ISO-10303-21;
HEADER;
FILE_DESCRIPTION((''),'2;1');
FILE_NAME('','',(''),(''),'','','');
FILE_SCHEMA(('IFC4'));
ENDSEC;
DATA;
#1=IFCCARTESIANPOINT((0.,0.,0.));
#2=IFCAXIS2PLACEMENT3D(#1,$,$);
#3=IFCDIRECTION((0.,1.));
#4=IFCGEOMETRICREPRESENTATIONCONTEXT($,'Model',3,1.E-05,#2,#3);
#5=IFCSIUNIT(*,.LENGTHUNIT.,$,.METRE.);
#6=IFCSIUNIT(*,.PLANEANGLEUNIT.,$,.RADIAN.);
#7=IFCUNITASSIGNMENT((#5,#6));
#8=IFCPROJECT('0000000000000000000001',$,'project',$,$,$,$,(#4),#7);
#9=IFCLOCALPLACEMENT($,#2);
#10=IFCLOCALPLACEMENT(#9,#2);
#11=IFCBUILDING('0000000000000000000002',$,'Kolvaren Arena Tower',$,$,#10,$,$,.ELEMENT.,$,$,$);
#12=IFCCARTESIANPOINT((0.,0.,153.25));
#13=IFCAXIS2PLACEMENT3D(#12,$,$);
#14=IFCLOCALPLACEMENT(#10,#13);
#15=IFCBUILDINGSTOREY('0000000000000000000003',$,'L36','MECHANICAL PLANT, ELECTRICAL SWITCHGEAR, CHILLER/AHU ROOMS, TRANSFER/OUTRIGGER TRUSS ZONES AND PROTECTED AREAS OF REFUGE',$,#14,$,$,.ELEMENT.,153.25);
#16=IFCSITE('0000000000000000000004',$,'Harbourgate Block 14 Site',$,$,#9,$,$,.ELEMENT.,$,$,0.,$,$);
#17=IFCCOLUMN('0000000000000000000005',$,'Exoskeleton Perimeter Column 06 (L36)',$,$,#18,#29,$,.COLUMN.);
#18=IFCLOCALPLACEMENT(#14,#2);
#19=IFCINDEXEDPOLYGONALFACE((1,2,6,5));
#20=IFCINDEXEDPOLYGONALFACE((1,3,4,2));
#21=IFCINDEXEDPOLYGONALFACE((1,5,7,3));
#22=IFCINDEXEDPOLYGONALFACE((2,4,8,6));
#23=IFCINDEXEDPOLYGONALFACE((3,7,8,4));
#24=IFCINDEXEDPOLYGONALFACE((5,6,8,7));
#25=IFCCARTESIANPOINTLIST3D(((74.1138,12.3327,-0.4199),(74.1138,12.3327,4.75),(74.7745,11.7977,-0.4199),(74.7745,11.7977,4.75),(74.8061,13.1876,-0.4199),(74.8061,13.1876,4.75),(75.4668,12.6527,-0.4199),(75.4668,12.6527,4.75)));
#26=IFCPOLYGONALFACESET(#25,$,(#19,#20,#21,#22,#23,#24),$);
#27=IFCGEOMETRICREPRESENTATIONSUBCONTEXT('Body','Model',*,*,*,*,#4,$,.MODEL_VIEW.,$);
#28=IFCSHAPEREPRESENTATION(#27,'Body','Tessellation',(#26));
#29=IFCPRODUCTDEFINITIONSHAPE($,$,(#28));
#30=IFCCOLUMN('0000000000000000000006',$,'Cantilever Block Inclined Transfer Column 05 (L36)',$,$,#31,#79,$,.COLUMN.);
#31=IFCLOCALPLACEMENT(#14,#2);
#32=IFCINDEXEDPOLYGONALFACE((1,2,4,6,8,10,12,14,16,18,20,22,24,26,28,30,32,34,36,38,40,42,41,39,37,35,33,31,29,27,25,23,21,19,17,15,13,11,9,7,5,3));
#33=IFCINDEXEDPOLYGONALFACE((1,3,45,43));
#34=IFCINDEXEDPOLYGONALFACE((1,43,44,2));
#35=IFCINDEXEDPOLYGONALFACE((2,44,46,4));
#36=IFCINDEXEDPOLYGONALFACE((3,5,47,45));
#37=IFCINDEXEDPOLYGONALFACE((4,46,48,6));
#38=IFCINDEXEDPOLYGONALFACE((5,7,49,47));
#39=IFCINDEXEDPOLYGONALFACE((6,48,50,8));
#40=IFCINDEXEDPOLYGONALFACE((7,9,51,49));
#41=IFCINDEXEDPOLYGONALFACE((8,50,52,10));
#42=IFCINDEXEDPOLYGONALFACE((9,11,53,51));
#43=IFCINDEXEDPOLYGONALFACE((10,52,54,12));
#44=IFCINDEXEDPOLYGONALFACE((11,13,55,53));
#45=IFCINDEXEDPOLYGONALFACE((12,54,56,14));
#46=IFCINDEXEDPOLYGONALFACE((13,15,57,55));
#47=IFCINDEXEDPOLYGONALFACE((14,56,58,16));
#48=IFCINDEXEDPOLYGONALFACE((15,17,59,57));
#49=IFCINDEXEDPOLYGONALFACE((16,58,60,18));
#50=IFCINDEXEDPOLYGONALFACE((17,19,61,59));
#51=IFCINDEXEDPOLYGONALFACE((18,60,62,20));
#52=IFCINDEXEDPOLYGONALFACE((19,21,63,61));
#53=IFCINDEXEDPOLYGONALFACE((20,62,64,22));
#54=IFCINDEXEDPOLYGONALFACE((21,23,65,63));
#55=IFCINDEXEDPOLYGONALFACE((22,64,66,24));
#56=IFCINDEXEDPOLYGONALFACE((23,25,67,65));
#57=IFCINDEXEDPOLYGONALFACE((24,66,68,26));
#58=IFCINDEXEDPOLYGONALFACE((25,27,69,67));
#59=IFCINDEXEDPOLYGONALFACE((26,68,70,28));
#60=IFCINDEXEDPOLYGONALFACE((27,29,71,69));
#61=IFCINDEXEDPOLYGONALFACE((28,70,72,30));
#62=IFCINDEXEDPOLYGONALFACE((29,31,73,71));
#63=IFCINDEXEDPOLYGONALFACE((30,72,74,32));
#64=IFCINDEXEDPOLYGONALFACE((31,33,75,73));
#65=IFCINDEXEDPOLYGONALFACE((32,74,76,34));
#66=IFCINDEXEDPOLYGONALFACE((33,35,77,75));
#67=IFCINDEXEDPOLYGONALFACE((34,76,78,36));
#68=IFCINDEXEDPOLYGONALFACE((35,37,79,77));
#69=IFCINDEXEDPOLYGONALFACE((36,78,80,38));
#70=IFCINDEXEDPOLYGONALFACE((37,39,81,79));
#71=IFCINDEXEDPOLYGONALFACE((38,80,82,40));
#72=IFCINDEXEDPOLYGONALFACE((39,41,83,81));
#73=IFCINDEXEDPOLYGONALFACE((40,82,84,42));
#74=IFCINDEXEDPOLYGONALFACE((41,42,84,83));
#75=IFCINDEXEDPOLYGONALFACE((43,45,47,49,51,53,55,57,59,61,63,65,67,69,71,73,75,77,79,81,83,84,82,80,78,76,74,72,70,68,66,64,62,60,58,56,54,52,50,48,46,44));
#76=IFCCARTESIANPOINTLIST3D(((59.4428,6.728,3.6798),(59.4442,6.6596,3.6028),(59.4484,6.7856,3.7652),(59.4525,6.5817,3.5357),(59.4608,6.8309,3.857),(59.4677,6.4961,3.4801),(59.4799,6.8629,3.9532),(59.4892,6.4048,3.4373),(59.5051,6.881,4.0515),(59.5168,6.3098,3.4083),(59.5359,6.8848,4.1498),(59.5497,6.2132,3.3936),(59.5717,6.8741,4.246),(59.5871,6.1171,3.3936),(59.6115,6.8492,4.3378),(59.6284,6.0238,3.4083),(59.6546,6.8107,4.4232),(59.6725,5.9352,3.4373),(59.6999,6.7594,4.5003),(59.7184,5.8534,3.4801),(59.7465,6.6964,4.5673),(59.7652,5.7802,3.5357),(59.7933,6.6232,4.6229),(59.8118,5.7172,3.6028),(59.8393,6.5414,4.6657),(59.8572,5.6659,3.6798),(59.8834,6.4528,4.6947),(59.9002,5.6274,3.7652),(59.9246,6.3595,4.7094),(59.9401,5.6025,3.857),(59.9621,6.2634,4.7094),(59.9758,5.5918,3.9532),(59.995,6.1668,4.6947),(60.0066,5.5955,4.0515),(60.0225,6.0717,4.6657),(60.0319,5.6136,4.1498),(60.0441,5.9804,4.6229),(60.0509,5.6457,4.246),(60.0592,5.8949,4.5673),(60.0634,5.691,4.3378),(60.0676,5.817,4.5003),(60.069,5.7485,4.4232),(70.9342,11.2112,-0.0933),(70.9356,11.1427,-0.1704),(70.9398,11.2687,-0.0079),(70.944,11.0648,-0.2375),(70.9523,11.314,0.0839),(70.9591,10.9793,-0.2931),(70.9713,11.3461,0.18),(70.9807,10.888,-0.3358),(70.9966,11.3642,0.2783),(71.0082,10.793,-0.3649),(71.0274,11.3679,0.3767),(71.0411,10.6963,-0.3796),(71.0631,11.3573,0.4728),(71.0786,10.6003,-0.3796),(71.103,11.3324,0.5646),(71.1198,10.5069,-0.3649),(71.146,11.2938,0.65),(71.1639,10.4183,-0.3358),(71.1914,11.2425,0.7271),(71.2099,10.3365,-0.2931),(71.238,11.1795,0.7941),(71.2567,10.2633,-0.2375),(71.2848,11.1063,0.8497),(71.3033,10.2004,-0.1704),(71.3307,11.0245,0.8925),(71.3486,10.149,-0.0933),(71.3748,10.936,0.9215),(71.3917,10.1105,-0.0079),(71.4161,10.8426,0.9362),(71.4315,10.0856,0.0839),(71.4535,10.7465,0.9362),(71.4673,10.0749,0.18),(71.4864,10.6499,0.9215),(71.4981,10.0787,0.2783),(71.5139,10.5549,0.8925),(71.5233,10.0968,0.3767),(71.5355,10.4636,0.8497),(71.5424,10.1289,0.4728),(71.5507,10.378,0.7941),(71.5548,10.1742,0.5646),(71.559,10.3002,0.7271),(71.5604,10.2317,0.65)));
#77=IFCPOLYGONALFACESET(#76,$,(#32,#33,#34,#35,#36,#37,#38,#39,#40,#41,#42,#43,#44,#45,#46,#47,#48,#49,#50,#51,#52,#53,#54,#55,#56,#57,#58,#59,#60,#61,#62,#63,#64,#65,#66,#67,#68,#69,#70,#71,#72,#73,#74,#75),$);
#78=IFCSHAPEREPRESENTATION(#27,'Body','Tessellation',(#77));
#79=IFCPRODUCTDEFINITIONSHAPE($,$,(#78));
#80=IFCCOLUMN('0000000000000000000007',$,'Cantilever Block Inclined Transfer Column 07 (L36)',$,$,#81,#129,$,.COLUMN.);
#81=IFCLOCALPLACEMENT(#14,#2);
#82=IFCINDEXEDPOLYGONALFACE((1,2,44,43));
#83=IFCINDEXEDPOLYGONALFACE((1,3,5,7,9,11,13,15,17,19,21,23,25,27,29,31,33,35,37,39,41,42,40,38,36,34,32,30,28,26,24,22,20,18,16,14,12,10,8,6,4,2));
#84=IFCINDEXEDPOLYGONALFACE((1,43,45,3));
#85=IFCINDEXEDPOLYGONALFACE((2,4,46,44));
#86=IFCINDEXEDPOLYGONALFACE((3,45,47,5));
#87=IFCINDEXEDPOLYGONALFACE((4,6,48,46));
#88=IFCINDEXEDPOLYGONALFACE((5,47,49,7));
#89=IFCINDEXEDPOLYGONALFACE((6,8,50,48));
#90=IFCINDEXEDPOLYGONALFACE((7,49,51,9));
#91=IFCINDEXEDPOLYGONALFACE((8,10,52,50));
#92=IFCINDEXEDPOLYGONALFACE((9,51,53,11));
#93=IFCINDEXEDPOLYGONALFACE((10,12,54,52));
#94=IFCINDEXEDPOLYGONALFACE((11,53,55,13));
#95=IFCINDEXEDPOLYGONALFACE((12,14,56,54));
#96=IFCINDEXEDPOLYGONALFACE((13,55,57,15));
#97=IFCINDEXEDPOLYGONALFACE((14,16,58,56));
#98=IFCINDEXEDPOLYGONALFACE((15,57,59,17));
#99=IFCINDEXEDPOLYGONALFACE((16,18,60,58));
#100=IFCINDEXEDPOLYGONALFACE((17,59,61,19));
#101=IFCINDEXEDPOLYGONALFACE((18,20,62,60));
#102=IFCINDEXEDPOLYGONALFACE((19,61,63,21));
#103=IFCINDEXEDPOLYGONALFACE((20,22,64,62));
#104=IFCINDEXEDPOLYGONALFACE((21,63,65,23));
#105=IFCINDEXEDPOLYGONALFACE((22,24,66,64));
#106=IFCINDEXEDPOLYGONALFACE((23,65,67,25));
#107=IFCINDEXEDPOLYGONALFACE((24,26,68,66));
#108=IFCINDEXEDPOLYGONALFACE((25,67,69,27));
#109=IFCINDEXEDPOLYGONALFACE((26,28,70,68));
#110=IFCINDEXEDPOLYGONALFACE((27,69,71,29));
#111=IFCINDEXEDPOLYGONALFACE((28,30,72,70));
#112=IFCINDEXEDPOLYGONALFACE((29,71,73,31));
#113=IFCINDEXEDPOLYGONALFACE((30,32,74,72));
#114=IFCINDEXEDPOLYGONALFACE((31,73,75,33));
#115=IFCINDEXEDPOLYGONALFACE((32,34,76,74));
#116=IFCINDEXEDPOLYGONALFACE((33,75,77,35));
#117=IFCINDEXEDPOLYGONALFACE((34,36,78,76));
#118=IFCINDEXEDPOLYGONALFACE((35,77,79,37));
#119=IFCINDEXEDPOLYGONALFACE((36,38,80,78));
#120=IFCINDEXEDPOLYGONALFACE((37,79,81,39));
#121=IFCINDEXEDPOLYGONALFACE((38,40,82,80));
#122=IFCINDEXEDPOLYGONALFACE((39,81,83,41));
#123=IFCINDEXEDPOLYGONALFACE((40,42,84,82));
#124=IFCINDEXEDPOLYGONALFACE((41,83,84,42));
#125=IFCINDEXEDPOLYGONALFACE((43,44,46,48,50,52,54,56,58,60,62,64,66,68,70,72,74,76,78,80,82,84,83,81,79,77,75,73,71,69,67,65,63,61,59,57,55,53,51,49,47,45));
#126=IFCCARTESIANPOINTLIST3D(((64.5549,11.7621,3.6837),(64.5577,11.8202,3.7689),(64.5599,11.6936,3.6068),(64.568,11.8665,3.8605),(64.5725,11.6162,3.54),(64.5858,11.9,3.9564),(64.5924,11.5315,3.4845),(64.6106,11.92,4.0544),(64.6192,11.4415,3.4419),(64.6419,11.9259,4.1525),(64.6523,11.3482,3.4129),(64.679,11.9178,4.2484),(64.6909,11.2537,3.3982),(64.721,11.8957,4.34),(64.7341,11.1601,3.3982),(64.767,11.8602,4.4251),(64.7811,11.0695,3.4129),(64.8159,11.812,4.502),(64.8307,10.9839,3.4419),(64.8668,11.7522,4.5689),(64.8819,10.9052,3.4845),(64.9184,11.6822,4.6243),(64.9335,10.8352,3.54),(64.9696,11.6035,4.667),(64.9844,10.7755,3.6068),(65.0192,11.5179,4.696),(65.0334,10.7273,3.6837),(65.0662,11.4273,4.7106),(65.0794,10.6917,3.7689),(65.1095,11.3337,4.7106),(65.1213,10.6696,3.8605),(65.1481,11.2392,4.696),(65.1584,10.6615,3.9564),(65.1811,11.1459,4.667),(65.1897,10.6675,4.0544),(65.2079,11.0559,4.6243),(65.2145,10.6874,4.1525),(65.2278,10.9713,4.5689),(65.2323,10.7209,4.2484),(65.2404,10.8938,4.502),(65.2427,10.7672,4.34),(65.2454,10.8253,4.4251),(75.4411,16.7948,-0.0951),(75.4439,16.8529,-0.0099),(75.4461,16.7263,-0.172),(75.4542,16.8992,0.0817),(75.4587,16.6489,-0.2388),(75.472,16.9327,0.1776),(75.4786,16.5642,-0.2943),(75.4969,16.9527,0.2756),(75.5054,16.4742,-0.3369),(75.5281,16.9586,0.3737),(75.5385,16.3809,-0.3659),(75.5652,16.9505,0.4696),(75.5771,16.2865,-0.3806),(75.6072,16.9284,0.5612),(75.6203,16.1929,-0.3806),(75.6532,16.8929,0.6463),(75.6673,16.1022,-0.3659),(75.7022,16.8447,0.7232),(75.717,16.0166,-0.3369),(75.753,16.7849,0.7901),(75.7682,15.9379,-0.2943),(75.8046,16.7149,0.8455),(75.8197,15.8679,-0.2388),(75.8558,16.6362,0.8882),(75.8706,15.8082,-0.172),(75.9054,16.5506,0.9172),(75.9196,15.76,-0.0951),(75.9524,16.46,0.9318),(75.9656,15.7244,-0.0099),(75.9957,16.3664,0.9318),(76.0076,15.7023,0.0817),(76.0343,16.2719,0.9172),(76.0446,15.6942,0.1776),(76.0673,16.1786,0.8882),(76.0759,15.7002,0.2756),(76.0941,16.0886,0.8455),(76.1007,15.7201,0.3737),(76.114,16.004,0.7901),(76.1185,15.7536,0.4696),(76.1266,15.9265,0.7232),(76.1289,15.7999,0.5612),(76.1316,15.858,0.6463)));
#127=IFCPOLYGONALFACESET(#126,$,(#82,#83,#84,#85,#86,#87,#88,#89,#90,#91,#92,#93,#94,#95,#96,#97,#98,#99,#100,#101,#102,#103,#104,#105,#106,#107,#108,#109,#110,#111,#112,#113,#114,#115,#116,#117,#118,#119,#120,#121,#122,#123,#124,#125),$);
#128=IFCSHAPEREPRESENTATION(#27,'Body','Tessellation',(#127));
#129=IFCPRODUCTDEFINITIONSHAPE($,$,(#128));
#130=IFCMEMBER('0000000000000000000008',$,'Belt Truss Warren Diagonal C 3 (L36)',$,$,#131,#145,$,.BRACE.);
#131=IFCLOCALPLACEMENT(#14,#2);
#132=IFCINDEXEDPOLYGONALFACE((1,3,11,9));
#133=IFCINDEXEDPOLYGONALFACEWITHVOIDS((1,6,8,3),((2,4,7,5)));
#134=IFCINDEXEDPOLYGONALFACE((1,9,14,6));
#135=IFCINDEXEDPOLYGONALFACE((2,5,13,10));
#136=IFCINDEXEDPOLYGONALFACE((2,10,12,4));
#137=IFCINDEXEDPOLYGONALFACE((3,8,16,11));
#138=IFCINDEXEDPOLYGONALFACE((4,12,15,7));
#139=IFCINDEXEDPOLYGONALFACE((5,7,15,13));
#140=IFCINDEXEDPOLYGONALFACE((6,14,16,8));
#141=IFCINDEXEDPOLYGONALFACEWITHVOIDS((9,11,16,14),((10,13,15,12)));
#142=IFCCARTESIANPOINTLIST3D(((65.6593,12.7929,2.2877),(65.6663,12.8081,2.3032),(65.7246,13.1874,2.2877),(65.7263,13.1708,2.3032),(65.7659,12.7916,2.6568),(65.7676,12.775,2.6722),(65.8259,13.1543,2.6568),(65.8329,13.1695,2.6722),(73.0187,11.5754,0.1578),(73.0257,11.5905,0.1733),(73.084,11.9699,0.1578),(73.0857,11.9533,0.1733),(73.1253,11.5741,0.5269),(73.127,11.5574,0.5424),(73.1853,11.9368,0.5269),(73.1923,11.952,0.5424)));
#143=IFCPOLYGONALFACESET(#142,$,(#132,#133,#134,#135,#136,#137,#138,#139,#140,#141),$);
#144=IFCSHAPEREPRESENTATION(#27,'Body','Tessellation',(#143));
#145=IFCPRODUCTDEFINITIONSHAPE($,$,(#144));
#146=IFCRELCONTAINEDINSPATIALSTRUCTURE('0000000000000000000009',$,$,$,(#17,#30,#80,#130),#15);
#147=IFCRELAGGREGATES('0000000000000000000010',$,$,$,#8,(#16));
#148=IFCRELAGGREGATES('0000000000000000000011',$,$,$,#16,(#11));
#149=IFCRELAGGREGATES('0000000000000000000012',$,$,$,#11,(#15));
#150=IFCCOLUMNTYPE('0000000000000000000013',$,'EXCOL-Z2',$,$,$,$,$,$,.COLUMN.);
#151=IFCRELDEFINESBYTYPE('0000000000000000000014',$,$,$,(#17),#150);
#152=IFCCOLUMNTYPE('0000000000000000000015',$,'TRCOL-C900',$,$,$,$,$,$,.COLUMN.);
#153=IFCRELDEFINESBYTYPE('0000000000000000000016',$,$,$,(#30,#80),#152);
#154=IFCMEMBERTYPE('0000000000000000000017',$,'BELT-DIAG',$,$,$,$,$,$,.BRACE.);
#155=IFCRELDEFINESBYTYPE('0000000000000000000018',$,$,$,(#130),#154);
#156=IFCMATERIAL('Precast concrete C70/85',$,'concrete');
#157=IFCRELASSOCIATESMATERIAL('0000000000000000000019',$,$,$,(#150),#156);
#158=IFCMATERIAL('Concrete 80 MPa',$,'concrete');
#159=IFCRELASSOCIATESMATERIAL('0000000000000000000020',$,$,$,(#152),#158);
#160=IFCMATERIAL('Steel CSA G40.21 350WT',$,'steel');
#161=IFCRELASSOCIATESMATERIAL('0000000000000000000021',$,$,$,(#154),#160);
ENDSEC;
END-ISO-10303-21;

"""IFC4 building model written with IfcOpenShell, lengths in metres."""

from ifc_helpers import new_model, si_unit, direction, frame, origin, origin_2d, place, context, subcontext, project, spatial, rectangle, hollow_rectangle, circle, extrude, material, material_profile, profile_set, type_object, element, save


model = new_model("IFC4")

# Units and contexts
model_context = context("Model", 3, precision=1e-05, world=origin(), true_north=direction((0.0, 1.0)))
body_context = subcontext(model_context, "Body", "Model", "MODEL_VIEW")
ifc_project = project(units=[si_unit("LENGTHUNIT", "METRE"), si_unit("PLANEANGLEUNIT", "RADIAN")], contexts=[model_context])

# Site, building, storey
site_placement = place(None, origin())
site = spatial("IfcSite", under=ifc_project, at=site_placement, Name="Harbourgate Block 14 Site", CompositionType="ELEMENT", RefElevation=0.0)
building_placement = place(site_placement, origin())
building = spatial("IfcBuilding", under=site, at=building_placement, Name="Kolvaren Arena Tower", CompositionType="ELEMENT")
storey_placement = place(building_placement, frame((0.0, 0.0, 153.25)))
storey = spatial("IfcBuildingStorey", under=building, at=storey_placement, Name="L36", Description="MECHANICAL PLANT, ELECTRICAL SWITCHGEAR, CHILLER/AHU ROOMS, TRANSFER/OUTRIGGER TRUSS ZONES AND PROTECTED AREAS OF REFUGE", CompositionType="ELEMENT", Elevation=153.25)

# Columns
ifc_material_1 = material(Name="Precast concrete C70/85", Category="concrete")
ifc_material_profile_1 = material_profile(ifc_material_1, rectangle(XDim=1.1001, YDim=0.8501, at=origin_2d()), Name="RC-1100x850")
ifc_profile_set_1 = profile_set([ifc_material_profile_1], Name="Precast concrete C70/85")
column_type_1 = type_object("IfcColumnType", Name="EXCOL-Z2", PredefinedType="COLUMN", material=ifc_profile_set_1)
column_1_placement = place(storey_placement, frame((74.7903, 12.4927, -0.4199), z_axis=(0.0, 0.0, 1.0), x_axis=(0.62932, 0.777146, 0.0)))
element("IfcColumn", 1, at=column_1_placement, inside=storey, type_object=column_type_1, Name="Exoskeleton Perimeter Column 06 (L36)", PredefinedType="COLUMN", context=body_context, shape_type="SweptSolid", body=[
    extrude(rectangle(XDim=1.1001, YDim=0.8501, at=origin_2d()), origin(), (0.0, 0.0, 1.0), 5.1699),
])
ifc_material_2 = material(Name="Concrete 80 MPa", Category="concrete")
ifc_material_profile_2 = material_profile(ifc_material_2, circle(Radius=0.6899, at=origin_2d()), Name="RC-CIRC-1380")
ifc_profile_set_2 = profile_set([ifc_material_profile_2], Name="Concrete 80 MPa")
column_type_2 = type_object("IfcColumnType", Name="TRCOL-C900", PredefinedType="COLUMN", material=ifc_profile_set_2)
column_2_placement = place(storey_placement, frame((71.2473, 10.7214, 0.2783), z_axis=(-0.890866, -0.347553, 0.292514), x_axis=(0.36345, -0.931614, 0.0)))
element("IfcColumn", 2, at=column_2_placement, inside=storey, type_object=column_type_2, Name="Cantilever Block Inclined Transfer Column 05 (L36)", PredefinedType="COLUMN", context=body_context, shape_type="SweptSolid", body=[
    extrude(circle(Radius=0.6899, at=origin_2d()), origin(), (0.0, 0.0, 1.0), 12.8992),
])
column_3_placement = place(storey_placement, frame((75.7864, 16.3264, 0.2756), z_axis=(-0.86574, -0.400232, 0.300514), x_axis=(0.419629, -0.907696, 0.0)))
element("IfcColumn", 3, at=column_3_placement, inside=storey, type_object=column_type_2, Name="Cantilever Block Inclined Transfer Column 07 (L36)", PredefinedType="COLUMN", context=body_context, shape_type="SweptSolid", body=[
    extrude(circle(Radius=0.6899, at=origin_2d()), origin(), (0.0, 0.0, 1.0), 12.5745),
])

# Member
ifc_material_3 = material(Name="Steel CSA G40.21 350WT", Category="steel")
ifc_material_profile_3 = material_profile(ifc_material_3, hollow_rectangle(XDim=0.3999, YDim=0.3999, WallThickness=0.0161, at=origin_2d()), Name="HSS 400x400x16")
ifc_profile_set_3 = profile_set([ifc_material_profile_3], Name="Steel CSA G40.21 350WT")
member_type_1 = type_object("IfcMemberType", Name="BELT-DIAG", PredefinedType="BRACE", material=ifc_profile_set_3)
member_1_placement = place(storey_placement, frame((65.7461, 12.9812, 2.48), z_axis=(0.948676, -0.156948, -0.274557), x_axis=(0.163221, 0.98659, 0.0)))
element("IfcMember", 4, at=member_1_placement, inside=storey, type_object=member_type_1, Name="Belt Truss Warren Diagonal C 3 (L36)", PredefinedType="BRACE", context=body_context, shape_type="SweptSolid", body=[
    extrude(hollow_rectangle(XDim=0.3999, YDim=0.3999, WallThickness=0.0161, at=origin_2d()), origin(), (0.0, 0.0, 1.0), 7.7576),
])

save(model, "model.ifc")
